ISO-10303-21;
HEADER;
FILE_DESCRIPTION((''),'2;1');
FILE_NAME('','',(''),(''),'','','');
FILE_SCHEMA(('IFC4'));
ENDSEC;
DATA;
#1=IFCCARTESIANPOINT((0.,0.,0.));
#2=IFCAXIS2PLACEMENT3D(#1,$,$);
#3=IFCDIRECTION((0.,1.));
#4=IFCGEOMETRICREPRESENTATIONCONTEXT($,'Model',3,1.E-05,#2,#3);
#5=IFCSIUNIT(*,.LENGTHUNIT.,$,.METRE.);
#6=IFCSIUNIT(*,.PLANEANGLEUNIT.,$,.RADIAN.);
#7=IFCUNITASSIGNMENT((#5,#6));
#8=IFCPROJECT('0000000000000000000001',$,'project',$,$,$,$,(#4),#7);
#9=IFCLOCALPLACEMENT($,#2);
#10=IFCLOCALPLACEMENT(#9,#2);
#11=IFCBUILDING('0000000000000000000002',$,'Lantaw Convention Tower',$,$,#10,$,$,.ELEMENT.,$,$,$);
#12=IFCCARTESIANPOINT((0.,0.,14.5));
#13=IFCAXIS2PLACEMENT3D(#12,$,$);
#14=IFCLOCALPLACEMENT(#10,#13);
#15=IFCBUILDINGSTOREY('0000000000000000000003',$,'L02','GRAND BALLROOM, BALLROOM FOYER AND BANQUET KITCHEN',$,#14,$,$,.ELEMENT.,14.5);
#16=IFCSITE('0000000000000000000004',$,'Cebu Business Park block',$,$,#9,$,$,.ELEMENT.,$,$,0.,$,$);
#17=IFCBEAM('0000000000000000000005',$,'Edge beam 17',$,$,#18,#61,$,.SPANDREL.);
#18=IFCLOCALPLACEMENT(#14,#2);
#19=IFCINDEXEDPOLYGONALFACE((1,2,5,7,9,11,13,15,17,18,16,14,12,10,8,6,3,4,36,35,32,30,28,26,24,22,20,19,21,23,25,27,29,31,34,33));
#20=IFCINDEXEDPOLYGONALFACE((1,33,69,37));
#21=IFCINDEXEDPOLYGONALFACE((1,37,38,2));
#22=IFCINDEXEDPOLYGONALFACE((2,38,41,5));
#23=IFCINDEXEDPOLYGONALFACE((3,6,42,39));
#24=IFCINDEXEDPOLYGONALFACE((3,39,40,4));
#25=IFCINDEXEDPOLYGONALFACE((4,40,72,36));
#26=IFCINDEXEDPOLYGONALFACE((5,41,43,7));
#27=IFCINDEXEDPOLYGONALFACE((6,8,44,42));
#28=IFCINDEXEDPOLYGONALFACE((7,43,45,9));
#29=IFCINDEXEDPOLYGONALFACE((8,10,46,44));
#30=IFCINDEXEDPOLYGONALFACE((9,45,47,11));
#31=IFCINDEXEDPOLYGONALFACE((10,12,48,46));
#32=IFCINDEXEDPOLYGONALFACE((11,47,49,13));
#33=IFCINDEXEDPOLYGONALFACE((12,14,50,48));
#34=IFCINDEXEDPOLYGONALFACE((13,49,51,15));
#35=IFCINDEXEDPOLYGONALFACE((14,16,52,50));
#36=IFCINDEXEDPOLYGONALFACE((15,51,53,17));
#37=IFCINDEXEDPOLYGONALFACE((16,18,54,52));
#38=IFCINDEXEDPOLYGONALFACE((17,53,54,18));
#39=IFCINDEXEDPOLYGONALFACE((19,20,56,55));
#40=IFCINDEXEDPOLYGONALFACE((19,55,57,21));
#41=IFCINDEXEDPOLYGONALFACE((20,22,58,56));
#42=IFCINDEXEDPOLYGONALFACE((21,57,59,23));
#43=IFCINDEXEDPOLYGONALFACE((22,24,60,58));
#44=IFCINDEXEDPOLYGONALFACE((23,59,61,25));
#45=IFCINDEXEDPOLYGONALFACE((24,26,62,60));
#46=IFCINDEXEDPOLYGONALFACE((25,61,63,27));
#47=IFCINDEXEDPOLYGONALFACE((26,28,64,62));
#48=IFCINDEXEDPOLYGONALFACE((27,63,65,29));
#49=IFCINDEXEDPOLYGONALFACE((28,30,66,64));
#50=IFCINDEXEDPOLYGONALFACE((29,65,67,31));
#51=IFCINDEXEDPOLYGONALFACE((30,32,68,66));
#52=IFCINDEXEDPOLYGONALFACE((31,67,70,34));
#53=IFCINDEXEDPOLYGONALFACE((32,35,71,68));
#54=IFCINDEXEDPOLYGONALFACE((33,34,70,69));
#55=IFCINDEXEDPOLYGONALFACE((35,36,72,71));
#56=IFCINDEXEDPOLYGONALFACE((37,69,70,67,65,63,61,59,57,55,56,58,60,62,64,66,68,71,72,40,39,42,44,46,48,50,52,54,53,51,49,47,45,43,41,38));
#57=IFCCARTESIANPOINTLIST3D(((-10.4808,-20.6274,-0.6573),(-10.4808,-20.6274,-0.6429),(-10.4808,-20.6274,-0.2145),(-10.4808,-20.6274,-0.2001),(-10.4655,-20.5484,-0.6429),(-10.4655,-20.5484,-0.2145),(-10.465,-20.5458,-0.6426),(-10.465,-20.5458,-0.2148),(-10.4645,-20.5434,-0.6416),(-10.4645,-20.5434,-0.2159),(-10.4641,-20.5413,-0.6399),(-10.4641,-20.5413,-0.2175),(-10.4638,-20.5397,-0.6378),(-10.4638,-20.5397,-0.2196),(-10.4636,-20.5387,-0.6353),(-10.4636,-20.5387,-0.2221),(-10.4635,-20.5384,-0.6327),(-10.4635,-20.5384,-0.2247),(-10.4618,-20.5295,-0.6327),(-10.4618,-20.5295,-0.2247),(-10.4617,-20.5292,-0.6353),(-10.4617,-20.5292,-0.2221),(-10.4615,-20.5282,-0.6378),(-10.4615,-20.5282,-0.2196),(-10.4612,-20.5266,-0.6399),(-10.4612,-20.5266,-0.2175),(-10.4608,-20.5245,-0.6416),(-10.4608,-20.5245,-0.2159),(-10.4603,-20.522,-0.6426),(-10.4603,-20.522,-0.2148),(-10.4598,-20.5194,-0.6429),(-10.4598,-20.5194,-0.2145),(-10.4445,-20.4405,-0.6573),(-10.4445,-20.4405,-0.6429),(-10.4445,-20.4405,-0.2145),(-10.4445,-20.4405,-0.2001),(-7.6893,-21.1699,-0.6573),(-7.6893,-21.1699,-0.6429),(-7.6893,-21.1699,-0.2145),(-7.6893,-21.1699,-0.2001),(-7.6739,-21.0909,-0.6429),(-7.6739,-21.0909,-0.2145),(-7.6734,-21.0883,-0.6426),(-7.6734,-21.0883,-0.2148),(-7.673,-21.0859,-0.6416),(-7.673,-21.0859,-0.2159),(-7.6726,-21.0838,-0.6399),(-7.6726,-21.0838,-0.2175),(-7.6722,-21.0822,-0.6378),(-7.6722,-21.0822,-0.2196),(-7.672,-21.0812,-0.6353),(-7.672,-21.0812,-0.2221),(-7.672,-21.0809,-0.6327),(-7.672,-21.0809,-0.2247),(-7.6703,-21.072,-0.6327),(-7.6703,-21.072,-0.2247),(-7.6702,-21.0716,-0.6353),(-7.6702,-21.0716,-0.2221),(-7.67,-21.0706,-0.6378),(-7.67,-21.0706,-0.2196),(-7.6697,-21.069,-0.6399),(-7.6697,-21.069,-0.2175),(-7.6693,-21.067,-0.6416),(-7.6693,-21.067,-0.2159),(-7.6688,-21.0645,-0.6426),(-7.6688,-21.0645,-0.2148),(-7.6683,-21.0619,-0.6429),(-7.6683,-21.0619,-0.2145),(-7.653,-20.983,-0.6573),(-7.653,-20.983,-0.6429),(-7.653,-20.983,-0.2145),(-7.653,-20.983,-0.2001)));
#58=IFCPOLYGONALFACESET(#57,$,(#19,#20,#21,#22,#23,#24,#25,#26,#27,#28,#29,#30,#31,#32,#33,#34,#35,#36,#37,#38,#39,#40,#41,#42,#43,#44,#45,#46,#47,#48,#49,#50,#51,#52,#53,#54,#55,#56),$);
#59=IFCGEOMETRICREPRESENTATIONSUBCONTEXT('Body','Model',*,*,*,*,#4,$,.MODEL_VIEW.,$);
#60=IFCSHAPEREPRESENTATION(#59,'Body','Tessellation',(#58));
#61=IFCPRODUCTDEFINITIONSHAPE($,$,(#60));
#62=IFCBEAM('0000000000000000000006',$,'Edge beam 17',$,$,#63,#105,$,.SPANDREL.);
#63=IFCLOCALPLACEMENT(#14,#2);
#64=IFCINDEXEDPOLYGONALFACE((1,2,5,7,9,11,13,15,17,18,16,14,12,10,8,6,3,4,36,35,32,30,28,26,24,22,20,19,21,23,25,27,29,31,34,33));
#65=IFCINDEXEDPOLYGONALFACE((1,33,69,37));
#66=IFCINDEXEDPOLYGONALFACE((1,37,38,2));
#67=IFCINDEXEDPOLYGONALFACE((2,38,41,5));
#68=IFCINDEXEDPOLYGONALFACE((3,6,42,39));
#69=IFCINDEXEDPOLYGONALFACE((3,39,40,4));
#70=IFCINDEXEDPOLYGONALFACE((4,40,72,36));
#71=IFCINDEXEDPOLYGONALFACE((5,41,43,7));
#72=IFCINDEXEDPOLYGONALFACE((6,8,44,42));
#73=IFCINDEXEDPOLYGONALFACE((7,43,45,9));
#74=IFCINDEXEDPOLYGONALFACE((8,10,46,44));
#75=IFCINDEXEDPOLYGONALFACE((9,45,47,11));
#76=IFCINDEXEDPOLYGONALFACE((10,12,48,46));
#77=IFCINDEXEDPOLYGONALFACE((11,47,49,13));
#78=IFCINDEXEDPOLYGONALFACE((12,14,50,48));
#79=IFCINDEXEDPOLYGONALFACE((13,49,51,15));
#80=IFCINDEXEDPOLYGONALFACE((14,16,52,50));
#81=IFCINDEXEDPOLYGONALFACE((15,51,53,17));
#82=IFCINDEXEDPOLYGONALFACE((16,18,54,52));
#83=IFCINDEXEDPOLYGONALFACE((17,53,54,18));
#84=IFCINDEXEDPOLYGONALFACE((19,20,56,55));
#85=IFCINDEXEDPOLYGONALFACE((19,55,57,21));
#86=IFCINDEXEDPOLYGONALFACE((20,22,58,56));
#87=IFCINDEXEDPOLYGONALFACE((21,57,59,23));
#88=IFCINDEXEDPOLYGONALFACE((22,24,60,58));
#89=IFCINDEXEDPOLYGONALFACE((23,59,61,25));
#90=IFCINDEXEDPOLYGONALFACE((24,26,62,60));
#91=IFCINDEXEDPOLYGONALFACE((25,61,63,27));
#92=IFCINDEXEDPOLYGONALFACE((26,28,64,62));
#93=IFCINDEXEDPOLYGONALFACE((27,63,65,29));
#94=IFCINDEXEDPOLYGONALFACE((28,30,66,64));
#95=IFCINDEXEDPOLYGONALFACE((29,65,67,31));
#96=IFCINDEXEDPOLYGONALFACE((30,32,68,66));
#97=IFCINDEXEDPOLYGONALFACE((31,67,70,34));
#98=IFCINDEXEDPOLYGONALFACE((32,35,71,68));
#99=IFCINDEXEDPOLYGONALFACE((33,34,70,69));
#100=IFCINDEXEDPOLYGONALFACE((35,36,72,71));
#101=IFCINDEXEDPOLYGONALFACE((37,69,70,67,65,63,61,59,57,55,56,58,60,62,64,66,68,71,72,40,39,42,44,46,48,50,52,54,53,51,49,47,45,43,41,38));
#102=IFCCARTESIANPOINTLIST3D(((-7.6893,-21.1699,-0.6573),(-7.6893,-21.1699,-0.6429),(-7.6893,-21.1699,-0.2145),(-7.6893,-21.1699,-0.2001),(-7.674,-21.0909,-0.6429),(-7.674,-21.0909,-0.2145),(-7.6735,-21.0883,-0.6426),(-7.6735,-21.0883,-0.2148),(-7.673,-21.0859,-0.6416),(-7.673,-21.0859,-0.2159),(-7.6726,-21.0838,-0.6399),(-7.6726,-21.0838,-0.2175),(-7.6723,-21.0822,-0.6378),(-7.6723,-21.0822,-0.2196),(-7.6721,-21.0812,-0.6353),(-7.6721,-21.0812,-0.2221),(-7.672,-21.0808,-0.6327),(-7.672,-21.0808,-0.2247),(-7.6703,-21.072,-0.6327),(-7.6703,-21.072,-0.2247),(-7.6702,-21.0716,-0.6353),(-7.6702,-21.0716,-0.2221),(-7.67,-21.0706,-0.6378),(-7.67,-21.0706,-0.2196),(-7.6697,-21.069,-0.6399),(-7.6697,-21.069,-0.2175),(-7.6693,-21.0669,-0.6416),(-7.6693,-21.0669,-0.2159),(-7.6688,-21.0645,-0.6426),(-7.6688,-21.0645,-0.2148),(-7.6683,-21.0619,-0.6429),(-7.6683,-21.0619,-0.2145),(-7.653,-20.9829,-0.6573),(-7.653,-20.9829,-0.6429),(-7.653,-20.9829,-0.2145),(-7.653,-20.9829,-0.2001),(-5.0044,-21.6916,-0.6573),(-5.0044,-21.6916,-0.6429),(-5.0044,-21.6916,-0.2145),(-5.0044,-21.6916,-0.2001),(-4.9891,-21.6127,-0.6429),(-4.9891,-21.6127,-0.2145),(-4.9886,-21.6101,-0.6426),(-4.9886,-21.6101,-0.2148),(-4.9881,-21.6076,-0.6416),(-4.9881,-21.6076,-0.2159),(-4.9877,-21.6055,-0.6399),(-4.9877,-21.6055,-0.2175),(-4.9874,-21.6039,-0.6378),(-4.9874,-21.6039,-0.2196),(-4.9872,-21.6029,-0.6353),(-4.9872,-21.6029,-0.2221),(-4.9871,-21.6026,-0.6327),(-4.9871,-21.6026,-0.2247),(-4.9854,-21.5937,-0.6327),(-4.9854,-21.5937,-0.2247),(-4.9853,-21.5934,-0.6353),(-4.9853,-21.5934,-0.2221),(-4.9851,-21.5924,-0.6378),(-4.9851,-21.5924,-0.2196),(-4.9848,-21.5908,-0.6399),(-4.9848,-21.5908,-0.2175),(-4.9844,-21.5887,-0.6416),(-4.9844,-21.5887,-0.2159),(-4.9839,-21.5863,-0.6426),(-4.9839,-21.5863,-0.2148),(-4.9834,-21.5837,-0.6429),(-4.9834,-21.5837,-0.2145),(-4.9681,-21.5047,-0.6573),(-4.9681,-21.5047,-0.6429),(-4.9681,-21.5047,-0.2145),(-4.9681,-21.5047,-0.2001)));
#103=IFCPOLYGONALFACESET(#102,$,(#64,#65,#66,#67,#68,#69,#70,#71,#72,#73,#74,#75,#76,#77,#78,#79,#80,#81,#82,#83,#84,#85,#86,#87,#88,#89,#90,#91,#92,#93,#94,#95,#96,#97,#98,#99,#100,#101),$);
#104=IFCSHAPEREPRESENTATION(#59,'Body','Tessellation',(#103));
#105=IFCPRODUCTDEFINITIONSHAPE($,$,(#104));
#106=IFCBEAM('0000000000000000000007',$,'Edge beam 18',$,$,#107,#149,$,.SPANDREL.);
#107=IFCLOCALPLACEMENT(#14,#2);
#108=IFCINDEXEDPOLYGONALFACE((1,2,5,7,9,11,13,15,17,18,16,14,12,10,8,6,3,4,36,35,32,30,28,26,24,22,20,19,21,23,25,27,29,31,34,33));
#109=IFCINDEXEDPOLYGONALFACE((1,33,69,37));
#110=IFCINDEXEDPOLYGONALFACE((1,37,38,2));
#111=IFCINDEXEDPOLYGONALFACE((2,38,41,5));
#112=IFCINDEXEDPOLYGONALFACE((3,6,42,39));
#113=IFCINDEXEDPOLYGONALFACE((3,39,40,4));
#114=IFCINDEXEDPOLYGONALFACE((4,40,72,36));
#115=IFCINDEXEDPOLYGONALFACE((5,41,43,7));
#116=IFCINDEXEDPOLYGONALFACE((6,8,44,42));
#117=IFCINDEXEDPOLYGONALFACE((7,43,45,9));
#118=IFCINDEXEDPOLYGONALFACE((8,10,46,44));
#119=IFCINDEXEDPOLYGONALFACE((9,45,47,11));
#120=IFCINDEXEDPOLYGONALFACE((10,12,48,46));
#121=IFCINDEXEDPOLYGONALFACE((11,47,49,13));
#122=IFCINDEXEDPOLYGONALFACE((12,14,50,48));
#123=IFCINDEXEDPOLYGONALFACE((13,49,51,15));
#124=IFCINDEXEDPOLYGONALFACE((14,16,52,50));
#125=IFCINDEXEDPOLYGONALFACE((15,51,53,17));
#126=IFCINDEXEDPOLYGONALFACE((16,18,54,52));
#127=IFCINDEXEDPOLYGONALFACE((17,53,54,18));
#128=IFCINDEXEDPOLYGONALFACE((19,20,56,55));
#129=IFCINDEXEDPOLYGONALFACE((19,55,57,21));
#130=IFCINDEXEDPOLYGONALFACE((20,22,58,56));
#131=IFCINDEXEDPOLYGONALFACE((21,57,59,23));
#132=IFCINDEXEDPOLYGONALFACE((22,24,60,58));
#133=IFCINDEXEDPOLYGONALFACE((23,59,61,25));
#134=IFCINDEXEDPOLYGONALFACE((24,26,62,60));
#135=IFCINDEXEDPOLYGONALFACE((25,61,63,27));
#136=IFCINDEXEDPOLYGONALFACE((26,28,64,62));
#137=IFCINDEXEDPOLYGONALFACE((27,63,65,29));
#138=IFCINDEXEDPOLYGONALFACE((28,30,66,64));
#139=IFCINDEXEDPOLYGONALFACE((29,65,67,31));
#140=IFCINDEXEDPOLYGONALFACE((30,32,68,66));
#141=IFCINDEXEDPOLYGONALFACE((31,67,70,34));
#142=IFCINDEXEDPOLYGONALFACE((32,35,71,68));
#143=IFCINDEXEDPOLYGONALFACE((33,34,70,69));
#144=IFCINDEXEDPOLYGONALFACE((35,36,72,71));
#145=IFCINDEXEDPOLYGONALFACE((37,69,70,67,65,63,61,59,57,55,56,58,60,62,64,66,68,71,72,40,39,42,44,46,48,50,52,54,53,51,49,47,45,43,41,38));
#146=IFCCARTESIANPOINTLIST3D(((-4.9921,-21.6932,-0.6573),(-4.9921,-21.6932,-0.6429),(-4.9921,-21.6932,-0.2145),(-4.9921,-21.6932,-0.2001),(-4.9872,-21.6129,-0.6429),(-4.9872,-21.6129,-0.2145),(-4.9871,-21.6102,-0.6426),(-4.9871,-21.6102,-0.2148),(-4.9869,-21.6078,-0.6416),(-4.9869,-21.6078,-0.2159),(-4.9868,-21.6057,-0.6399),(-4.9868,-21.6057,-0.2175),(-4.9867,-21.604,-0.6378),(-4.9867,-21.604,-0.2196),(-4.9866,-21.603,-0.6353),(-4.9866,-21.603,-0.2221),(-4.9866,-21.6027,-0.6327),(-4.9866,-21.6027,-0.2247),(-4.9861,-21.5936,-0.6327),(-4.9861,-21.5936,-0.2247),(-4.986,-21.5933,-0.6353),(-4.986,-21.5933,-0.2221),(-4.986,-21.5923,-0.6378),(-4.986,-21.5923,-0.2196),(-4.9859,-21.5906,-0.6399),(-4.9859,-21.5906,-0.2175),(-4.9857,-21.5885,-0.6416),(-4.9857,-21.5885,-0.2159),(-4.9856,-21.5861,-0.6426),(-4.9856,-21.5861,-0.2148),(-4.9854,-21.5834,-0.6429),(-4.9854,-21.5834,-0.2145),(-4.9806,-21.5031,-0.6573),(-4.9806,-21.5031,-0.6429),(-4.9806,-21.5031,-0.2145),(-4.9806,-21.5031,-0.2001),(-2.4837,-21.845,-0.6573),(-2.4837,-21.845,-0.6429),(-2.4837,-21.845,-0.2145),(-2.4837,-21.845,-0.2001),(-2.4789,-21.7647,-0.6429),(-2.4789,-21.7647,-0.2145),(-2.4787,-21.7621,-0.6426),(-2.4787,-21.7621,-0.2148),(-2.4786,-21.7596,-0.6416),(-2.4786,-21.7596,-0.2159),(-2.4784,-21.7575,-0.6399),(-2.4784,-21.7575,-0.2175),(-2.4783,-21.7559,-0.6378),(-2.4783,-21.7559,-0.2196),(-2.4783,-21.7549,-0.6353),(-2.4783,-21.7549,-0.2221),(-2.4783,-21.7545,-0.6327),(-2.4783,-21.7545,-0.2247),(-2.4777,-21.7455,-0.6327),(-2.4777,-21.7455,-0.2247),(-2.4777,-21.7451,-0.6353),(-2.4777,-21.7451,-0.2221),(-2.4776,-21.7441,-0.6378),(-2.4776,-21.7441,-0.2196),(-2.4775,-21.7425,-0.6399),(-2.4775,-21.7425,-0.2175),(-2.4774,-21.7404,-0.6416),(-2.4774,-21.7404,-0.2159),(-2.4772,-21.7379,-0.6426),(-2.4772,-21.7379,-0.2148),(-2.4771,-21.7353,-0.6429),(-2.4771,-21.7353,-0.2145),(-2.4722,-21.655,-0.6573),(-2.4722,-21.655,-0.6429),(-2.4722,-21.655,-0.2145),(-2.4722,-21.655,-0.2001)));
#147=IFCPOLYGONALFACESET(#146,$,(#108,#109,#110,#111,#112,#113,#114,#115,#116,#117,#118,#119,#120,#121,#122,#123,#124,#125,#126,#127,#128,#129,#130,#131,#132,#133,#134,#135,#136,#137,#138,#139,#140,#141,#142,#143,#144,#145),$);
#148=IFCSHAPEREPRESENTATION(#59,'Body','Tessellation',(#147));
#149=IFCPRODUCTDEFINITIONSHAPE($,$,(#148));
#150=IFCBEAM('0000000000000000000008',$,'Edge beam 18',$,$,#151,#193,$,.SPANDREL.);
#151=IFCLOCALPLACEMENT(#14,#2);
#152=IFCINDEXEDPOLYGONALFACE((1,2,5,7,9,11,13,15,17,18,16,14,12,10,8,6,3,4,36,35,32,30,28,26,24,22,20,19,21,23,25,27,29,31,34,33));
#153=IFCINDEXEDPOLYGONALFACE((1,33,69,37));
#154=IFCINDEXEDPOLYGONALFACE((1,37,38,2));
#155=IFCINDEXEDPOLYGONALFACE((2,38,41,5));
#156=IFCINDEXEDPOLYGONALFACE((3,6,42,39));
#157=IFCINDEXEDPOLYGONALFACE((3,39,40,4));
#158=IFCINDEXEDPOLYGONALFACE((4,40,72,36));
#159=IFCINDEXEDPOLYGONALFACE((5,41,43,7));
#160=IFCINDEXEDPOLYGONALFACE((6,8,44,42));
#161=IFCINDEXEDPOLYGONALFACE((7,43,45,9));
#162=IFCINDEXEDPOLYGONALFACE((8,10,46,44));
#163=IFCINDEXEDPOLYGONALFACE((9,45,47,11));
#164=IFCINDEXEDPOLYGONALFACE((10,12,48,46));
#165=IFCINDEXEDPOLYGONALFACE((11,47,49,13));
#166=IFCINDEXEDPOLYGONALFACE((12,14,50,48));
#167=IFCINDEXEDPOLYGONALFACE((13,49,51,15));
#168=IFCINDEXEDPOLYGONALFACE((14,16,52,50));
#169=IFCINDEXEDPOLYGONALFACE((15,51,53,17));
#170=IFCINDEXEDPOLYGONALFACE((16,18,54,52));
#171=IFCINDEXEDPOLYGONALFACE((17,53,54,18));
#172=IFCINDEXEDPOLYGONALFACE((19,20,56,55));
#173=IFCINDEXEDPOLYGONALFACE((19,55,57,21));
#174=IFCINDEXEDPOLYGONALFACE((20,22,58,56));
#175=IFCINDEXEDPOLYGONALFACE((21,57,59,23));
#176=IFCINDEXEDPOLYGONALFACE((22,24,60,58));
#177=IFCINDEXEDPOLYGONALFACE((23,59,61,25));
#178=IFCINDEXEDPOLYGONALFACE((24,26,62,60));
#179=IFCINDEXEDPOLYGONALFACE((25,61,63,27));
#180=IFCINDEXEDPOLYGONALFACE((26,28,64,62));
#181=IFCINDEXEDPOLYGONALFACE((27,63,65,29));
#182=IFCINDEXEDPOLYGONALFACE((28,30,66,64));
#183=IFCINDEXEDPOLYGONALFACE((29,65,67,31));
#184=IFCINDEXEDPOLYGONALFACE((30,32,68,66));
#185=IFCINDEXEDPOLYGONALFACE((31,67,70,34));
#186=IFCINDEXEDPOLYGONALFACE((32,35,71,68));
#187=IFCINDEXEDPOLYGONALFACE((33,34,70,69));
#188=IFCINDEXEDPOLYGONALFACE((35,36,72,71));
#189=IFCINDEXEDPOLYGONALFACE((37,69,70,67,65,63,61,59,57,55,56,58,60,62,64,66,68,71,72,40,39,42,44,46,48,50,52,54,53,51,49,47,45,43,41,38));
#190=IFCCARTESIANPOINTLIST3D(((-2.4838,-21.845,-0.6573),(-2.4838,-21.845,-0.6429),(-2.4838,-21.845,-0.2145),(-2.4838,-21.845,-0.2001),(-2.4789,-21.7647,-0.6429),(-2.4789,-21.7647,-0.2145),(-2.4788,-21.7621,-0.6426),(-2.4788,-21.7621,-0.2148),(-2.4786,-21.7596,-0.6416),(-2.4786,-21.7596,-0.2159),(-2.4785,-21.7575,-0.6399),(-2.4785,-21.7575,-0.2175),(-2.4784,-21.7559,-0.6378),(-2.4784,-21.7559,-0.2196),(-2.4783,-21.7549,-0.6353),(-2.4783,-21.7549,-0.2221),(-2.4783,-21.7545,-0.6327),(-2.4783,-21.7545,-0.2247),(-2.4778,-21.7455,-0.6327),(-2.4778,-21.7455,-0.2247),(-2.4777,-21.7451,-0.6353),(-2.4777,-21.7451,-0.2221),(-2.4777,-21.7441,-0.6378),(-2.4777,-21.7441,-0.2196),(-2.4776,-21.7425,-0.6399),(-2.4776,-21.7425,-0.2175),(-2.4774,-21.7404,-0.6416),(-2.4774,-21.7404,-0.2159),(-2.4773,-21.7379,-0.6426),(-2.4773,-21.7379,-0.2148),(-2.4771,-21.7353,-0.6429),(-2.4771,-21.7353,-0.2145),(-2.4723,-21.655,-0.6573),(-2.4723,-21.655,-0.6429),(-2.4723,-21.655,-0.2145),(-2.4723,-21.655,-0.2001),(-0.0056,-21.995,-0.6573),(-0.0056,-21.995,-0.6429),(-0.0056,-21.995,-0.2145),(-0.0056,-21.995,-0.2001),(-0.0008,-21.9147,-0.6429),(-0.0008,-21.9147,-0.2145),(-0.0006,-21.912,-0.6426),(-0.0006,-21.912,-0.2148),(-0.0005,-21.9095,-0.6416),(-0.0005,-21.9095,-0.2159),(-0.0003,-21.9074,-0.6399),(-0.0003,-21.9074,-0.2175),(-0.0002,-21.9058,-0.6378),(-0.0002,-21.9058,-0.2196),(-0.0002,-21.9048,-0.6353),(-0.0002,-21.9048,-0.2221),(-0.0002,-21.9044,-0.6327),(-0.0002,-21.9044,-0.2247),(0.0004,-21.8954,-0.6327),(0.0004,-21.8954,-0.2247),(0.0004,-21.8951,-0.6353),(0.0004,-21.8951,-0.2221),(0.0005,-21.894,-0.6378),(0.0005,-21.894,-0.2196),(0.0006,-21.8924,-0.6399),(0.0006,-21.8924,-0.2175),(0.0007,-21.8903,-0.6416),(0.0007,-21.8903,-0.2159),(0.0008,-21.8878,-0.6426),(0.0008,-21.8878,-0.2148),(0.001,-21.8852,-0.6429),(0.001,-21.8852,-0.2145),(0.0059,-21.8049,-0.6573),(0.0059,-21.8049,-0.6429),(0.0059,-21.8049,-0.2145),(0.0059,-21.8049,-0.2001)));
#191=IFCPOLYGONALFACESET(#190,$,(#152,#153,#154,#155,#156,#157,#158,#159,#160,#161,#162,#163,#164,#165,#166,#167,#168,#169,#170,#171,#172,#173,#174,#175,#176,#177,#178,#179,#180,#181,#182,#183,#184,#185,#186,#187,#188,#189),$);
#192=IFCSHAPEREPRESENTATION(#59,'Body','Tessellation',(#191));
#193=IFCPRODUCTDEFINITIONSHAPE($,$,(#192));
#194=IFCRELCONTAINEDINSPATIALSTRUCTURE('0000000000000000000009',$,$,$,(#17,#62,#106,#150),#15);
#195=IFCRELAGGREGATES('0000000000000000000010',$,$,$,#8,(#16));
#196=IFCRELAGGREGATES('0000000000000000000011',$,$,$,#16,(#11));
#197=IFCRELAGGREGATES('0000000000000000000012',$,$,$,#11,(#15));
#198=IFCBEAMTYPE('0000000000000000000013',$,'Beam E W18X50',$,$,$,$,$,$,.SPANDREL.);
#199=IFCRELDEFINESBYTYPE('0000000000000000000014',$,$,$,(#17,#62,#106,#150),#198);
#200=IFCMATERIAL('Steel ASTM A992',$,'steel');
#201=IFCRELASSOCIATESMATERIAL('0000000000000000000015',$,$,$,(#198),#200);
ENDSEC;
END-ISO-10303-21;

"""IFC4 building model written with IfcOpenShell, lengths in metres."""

from ifc_helpers import new_model, si_unit, direction, frame, origin, origin_2d, place, context, subcontext, project, spatial, i_section, extrude, material, material_profile, profile_set, type_object, element, save


model = new_model("IFC4")

# Units and contexts
model_context = context("Model", 3, precision=1e-05, world=origin(), true_north=direction((0.0, 1.0)))
body_context = subcontext(model_context, "Body", "Model", "MODEL_VIEW")
ifc_project = project(units=[si_unit("LENGTHUNIT", "METRE"), si_unit("PLANEANGLEUNIT", "RADIAN")], contexts=[model_context])

# Site, building, storey
site_placement = place(None, origin())
site = spatial("IfcSite", under=ifc_project, at=site_placement, Name="Cebu Business Park block", CompositionType="ELEMENT", RefElevation=0.0)
building_placement = place(site_placement, origin())
building = spatial("IfcBuilding", under=site, at=building_placement, Name="Lantaw Convention Tower", CompositionType="ELEMENT")
storey_placement = place(building_placement, frame((0.0, 0.0, 14.5)))
storey = spatial("IfcBuildingStorey", under=building, at=storey_placement, Name="L02", Description="GRAND BALLROOM, BALLROOM FOYER AND BANQUET KITCHEN", CompositionType="ELEMENT", Elevation=14.5)

# Beams
ifc_material_1 = material(Name="Steel ASTM A992", Category="steel")
ifc_material_profile_1 = material_profile(ifc_material_1, i_section(OverallWidth=0.1904, OverallDepth=0.4573, WebThickness=0.009, FlangeThickness=0.0144, FilletRadius=0.0103, at=origin_2d()), Name="W18X50")
ifc_profile_set_1 = profile_set([ifc_material_profile_1], Name="Steel ASTM A992")
beam_type_1 = type_object("IfcBeamType", Name="Beam E W18X50", PredefinedType="SPANDREL", material=ifc_profile_set_1)
beam_1_placement = place(storey_placement, frame((-10.4626, -20.5339, -0.4287), z_axis=(0.981636, -0.190764, 0.0), x_axis=(0.190764, 0.981636, 0.0)))
element("IfcBeam", 1, at=beam_1_placement, inside=storey, type_object=beam_type_1, Name="Edge beam 17", PredefinedType="SPANDREL", context=body_context, shape_type="SweptSolid", body=[
    extrude(i_section(OverallWidth=0.1904, OverallDepth=0.4573, WebThickness=0.009, FlangeThickness=0.0144, FilletRadius=0.0103, at=origin_2d()), origin(), (0.0, 0.0, 1.0), 2.8438),
])
beam_2_placement = place(storey_placement, frame((-7.6711, -21.0764, -0.4287), z_axis=(0.981637, -0.190757, 0.0), x_axis=(0.190757, 0.981637, 0.0)))
element("IfcBeam", 2, at=beam_2_placement, inside=storey, type_object=beam_type_1, Name="Edge beam 17", PredefinedType="SPANDREL", context=body_context, shape_type="SweptSolid", body=[
    extrude(i_section(OverallWidth=0.1904, OverallDepth=0.4573, WebThickness=0.009, FlangeThickness=0.0144, FilletRadius=0.0103, at=origin_2d()), origin(), (0.0, 0.0, 1.0), 2.7351),
])
beam_3_placement = place(storey_placement, frame((-4.9863, -21.5981, -0.4287), z_axis=(0.998172, -0.060431, 0.0), x_axis=(0.060431, 0.998172, 0.0)))
element("IfcBeam", 3, at=beam_3_placement, inside=storey, type_object=beam_type_1, Name="Edge beam 18", PredefinedType="SPANDREL", context=body_context, shape_type="SweptSolid", body=[
    extrude(i_section(OverallWidth=0.1904, OverallDepth=0.4573, WebThickness=0.009, FlangeThickness=0.0144, FilletRadius=0.0103, at=origin_2d()), origin(), (0.0, 0.0, 1.0), 2.5129),
])
for number, where, z_axis, x_axis, name in (
    (4, (-2.478, -21.75, -0.4287), (0.998175, -0.060382, 0.0), (0.060382, 0.998175, 0.0), "Edge beam 18"),
):
    element("IfcBeam", number, at=place(storey_placement, frame(where, z_axis=z_axis, x_axis=x_axis)), inside=storey, type_object=beam_type_1, Name=name, PredefinedType="SPANDREL", context=body_context, shape_type="SweptSolid", body=[
        extrude(i_section(OverallWidth=0.1904, OverallDepth=0.4573, WebThickness=0.009, FlangeThickness=0.0144, FilletRadius=0.0103, at=origin_2d()), origin(), (0.0, 0.0, 1.0), 2.4827),
    ])

save(model, "model.ifc")
